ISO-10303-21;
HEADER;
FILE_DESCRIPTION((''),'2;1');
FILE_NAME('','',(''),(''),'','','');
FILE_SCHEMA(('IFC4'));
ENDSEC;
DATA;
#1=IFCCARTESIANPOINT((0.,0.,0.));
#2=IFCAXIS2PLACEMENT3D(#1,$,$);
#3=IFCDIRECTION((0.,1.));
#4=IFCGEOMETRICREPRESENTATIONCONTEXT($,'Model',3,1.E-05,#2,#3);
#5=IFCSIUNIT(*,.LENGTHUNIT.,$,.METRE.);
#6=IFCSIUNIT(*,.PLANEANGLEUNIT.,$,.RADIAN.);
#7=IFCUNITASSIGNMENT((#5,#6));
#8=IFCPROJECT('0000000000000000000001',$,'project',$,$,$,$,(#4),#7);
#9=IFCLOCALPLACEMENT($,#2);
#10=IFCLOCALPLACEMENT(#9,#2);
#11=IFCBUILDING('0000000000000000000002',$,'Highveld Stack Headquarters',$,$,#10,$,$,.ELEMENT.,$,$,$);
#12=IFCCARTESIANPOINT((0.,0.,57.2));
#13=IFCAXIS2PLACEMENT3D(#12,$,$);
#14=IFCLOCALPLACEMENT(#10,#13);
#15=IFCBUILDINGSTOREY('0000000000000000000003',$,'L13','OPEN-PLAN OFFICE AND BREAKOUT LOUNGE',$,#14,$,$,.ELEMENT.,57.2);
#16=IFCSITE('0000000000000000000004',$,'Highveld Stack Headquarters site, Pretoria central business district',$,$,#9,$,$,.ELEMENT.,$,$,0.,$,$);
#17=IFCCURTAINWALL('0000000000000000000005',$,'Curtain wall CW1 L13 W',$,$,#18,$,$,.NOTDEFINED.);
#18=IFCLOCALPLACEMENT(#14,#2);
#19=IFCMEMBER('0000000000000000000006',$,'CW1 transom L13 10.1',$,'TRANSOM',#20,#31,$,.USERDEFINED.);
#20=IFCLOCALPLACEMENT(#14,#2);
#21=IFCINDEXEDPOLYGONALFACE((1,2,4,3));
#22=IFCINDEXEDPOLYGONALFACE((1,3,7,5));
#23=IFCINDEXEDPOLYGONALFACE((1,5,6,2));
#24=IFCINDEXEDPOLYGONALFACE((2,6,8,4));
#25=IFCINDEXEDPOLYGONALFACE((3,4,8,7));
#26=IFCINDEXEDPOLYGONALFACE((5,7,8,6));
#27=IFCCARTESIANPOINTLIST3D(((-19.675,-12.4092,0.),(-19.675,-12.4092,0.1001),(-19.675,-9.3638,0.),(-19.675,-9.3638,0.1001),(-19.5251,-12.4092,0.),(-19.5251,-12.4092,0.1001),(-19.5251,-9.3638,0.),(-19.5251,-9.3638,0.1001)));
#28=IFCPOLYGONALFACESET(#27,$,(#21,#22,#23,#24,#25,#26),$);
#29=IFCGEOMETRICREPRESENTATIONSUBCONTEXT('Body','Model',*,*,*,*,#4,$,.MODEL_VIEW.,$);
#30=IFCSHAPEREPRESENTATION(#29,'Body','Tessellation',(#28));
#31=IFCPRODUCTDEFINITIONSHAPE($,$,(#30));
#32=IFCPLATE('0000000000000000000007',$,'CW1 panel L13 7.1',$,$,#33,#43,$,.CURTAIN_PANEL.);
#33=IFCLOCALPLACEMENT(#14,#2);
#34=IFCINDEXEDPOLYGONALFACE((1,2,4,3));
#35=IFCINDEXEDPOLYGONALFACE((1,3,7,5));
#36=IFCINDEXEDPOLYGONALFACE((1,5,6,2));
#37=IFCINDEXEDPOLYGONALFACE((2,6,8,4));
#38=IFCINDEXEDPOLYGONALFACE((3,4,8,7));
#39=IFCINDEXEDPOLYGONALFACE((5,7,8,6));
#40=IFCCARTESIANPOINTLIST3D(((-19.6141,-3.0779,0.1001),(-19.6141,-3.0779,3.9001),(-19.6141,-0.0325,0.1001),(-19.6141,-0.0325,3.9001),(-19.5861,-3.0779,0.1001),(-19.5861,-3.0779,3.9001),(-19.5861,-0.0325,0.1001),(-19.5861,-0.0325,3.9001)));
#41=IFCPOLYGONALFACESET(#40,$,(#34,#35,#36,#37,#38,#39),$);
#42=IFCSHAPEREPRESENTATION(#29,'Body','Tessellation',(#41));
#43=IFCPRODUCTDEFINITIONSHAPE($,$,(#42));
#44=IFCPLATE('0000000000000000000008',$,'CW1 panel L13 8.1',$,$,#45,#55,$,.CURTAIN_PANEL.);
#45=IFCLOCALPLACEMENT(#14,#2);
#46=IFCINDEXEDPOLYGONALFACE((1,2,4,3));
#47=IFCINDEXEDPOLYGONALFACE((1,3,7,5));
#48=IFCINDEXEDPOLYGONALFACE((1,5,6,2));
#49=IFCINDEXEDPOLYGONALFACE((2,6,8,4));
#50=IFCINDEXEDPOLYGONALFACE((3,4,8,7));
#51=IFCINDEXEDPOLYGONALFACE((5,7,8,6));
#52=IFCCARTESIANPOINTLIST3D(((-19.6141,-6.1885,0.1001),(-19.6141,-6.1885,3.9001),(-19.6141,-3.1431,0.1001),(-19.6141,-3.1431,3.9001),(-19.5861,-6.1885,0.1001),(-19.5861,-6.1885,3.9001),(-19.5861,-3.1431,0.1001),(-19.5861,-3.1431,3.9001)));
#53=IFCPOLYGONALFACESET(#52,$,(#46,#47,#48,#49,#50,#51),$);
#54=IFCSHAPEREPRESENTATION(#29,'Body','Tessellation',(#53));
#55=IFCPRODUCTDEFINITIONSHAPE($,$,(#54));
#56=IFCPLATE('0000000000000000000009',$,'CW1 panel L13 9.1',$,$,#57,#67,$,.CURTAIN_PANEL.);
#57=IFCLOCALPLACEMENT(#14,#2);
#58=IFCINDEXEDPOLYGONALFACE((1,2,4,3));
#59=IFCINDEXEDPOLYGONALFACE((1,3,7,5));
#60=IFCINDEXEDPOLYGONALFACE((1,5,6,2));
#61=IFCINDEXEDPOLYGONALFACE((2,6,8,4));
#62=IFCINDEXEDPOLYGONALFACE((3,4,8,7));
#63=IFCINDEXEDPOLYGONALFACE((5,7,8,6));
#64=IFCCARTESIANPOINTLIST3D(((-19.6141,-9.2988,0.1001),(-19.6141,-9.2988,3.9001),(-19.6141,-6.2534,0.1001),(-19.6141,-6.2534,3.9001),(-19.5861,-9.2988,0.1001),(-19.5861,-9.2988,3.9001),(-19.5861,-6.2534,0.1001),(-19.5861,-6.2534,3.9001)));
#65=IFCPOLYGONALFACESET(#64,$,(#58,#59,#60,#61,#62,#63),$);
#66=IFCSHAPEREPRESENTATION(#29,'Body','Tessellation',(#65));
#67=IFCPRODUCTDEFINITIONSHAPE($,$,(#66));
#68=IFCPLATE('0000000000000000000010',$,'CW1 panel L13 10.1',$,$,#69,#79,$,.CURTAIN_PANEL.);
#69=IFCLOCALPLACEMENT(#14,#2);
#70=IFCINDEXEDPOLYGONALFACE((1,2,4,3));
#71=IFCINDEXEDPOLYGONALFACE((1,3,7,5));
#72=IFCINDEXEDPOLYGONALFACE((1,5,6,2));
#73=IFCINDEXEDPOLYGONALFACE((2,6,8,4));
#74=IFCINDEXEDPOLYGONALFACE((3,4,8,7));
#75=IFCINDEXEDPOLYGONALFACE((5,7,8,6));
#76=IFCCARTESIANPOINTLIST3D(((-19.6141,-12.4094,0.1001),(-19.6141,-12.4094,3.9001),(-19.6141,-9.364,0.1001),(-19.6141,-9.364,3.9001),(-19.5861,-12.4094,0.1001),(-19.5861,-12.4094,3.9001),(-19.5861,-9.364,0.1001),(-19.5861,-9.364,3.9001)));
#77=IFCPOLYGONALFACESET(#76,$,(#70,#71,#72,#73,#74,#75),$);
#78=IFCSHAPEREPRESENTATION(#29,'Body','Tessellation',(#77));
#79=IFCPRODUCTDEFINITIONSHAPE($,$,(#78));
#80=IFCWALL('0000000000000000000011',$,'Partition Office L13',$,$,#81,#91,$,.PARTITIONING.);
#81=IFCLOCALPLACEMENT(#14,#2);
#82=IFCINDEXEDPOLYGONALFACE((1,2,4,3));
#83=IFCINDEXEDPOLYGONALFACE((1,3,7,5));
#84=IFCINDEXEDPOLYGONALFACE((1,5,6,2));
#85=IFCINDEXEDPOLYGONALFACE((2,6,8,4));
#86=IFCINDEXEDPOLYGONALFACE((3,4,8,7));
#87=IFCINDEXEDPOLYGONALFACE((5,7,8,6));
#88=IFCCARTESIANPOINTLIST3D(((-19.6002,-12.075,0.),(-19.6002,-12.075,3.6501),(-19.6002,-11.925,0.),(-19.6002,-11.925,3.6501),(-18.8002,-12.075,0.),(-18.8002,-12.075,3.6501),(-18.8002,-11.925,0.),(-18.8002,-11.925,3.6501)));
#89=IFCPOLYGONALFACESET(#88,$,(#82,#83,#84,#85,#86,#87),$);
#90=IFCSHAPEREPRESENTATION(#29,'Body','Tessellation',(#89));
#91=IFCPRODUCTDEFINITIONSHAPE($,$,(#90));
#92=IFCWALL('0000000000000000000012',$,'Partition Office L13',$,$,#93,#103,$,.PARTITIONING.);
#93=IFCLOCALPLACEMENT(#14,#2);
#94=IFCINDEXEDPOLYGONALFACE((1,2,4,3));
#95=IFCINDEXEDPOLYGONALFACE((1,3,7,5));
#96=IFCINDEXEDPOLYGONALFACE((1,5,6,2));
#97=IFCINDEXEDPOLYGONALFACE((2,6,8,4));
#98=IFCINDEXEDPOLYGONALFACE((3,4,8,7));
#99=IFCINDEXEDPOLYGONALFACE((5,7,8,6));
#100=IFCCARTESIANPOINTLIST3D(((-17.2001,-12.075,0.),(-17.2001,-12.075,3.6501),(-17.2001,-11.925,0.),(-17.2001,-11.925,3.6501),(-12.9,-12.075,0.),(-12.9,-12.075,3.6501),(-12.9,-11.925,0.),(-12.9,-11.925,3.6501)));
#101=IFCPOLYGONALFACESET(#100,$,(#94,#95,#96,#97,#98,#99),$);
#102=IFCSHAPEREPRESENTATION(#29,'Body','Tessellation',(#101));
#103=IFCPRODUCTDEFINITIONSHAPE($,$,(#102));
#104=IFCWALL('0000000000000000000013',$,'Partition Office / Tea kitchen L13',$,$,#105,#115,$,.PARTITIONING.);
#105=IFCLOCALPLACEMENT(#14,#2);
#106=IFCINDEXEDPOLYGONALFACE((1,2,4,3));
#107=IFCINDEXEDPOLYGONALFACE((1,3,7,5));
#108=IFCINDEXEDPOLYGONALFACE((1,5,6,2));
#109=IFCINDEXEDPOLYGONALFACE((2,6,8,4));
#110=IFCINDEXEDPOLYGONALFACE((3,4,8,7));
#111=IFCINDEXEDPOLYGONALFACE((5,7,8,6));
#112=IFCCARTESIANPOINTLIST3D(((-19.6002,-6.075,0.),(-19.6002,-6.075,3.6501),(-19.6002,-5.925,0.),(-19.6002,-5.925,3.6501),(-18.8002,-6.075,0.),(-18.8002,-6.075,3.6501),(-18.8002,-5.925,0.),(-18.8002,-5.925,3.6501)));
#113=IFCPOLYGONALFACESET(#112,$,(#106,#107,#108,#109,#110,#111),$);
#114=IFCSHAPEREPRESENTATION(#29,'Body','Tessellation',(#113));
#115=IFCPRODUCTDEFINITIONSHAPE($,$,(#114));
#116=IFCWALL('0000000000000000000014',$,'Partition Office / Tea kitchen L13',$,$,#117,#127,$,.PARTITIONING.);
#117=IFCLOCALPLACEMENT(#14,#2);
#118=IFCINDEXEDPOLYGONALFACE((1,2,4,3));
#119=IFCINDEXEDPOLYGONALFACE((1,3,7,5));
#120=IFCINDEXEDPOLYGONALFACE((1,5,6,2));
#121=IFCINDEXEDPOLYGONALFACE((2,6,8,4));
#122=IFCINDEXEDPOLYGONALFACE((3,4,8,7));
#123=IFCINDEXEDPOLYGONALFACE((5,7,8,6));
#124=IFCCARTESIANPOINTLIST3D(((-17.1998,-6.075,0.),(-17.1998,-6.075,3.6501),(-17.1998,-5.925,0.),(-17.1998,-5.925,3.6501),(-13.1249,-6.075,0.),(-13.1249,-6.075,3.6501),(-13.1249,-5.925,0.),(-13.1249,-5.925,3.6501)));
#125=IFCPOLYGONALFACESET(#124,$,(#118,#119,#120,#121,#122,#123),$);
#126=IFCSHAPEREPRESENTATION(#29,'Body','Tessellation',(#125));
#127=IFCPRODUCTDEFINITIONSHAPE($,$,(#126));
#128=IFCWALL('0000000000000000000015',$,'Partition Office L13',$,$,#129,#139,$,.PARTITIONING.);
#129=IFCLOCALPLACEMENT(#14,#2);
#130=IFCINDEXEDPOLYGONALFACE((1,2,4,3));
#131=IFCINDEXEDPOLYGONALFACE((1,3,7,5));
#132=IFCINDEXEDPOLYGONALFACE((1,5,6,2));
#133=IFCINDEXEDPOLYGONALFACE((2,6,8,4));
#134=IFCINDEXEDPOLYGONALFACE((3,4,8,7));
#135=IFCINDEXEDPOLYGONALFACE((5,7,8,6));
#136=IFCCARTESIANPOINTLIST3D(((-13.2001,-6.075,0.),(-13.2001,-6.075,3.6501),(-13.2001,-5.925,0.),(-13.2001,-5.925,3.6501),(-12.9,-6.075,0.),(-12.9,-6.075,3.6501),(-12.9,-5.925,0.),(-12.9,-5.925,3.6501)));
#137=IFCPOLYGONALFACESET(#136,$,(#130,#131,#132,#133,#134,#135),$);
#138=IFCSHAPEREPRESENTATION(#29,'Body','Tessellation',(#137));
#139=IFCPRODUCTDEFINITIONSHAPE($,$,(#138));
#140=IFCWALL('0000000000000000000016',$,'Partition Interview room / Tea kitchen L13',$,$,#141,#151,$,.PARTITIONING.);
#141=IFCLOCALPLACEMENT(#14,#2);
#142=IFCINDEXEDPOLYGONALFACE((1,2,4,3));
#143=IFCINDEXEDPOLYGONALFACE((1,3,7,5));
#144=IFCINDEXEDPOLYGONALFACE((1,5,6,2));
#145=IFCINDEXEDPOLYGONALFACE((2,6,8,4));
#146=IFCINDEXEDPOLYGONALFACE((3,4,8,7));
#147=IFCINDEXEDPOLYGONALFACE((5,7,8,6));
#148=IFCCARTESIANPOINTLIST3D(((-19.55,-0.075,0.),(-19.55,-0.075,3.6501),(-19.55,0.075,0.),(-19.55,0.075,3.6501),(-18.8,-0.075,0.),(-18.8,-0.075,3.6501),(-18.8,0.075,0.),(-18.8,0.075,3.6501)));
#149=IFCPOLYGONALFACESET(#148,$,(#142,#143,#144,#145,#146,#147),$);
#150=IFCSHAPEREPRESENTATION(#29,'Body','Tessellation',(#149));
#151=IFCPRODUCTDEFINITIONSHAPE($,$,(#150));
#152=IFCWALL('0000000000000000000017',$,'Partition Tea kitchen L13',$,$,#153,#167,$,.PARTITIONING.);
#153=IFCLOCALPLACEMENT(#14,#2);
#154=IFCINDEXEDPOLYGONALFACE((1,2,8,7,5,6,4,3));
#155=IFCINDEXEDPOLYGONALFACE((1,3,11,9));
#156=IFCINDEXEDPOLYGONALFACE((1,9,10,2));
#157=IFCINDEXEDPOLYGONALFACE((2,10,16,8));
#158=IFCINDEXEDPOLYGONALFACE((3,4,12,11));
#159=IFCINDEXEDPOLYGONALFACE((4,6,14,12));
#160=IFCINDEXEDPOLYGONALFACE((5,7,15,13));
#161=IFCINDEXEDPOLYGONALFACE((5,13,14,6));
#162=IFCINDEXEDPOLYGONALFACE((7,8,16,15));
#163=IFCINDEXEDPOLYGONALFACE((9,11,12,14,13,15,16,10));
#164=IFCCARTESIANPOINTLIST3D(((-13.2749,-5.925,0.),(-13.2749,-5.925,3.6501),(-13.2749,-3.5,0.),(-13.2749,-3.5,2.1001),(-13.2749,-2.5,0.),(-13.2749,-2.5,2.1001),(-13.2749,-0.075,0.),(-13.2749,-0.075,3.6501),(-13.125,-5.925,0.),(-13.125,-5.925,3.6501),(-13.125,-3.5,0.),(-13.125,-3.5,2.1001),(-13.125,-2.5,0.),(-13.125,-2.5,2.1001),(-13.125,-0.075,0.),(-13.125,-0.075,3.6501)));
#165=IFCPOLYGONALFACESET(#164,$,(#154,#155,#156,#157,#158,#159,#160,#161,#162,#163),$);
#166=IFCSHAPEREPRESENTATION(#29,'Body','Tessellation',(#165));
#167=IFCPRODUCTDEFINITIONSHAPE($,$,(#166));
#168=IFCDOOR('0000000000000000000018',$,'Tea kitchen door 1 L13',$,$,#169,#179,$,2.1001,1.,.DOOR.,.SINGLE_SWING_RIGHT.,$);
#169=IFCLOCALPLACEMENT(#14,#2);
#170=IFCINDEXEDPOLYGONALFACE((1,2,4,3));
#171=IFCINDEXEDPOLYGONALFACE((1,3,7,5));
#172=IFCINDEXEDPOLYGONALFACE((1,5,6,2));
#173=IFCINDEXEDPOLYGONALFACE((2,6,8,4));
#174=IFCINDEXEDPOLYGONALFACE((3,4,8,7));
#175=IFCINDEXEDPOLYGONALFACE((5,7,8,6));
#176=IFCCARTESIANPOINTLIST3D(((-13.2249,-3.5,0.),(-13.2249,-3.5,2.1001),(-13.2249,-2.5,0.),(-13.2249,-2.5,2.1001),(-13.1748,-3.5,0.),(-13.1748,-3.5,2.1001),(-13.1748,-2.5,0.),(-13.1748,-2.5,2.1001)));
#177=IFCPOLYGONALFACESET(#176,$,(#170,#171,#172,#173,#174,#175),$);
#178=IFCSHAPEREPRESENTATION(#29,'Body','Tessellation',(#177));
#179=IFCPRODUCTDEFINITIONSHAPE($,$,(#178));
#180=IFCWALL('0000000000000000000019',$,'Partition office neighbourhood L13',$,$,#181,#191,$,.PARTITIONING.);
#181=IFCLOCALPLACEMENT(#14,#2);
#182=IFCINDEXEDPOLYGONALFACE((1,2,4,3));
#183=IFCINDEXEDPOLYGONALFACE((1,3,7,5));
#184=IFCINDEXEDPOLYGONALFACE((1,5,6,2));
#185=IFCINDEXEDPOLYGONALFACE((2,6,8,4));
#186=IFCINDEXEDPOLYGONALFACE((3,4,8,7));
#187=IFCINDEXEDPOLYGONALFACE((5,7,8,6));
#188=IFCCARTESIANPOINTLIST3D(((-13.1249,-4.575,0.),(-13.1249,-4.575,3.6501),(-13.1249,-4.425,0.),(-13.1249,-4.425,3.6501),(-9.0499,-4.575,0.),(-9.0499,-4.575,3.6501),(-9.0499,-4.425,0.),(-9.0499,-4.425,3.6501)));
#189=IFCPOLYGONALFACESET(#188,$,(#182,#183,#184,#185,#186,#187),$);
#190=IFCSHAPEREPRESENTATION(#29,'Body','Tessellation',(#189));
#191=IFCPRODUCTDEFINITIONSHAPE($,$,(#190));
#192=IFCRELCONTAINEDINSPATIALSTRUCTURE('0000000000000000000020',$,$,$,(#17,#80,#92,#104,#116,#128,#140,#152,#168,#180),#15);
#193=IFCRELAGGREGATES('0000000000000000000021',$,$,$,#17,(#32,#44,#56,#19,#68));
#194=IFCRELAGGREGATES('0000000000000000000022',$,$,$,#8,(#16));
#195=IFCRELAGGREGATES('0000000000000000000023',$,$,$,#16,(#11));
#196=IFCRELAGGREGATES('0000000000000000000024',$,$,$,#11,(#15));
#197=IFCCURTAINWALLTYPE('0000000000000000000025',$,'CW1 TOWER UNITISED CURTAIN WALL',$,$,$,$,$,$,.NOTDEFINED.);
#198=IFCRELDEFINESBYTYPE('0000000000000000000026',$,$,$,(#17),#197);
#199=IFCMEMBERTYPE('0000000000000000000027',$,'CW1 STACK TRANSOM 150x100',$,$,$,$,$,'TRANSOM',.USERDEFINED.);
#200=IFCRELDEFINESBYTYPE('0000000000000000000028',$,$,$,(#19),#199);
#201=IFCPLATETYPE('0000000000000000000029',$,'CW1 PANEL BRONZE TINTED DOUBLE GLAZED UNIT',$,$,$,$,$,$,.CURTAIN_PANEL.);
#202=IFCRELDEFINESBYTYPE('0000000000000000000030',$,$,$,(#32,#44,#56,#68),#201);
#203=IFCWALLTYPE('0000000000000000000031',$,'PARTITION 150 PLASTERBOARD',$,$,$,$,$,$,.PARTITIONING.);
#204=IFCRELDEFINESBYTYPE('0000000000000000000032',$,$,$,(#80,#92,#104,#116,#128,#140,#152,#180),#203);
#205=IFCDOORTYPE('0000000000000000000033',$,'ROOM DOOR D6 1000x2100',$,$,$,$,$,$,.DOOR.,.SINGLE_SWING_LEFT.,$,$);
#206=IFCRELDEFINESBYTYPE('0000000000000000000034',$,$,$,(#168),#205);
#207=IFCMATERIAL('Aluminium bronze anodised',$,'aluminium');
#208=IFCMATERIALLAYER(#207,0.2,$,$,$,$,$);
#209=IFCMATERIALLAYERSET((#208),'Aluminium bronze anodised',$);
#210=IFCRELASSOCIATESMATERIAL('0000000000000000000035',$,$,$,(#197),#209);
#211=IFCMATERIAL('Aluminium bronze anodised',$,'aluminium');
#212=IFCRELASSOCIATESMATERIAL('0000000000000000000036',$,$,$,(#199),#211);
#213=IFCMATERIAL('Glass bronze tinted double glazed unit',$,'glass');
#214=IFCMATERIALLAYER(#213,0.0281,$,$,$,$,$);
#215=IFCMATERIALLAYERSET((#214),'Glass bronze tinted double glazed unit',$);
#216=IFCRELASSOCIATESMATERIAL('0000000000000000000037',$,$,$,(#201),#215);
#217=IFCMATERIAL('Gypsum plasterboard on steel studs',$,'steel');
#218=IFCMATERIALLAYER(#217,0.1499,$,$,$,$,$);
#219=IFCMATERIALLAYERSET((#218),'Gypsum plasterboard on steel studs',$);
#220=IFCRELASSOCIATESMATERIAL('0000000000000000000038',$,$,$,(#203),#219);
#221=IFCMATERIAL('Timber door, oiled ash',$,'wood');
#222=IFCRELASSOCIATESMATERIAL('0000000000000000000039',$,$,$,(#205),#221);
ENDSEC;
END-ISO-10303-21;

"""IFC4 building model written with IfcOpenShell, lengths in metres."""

from ifc_helpers import new_model, si_unit, direction, frame, frame_2d, origin, origin_2d, place, context, subcontext, project, spatial, rectangle, extrude, material, layer, layer_set, material_profile, profile_set, type_object, element, fill, aggregate, save


model = new_model("IFC4")

# Units and contexts
model_context = context("Model", 3, precision=1e-05, world=origin(), true_north=direction((0.0, 1.0)))
body_context = subcontext(model_context, "Body", "Model", "MODEL_VIEW")
ifc_project = project(units=[si_unit("LENGTHUNIT", "METRE"), si_unit("PLANEANGLEUNIT", "RADIAN")], contexts=[model_context])

# Site, building, storey
site_placement = place(None, origin())
site = spatial("IfcSite", under=ifc_project, at=site_placement, Name="Highveld Stack Headquarters site, Pretoria central business district", CompositionType="ELEMENT", RefElevation=0.0)
building_placement = place(site_placement, origin())
building = spatial("IfcBuilding", under=site, at=building_placement, Name="Highveld Stack Headquarters", CompositionType="ELEMENT")
storey_placement = place(building_placement, frame((0.0, 0.0, 57.2)))
storey = spatial("IfcBuildingStorey", under=building, at=storey_placement, Name="L13", Description="OPEN-PLAN OFFICE AND BREAKOUT LOUNGE", CompositionType="ELEMENT", Elevation=57.2)

# Curtain wall, member, plates
ifc_material_1 = material(Name="Aluminium bronze anodised", Category="aluminium")
ifc_layer_1 = layer(ifc_material_1, 0.2)
ifc_layer_set_1 = layer_set([ifc_layer_1], Name="Aluminium bronze anodised")
curtain_wall_type = type_object("IfcCurtainWallType", Name="CW1 TOWER UNITISED CURTAIN WALL", PredefinedType="NOTDEFINED", material=ifc_layer_set_1)
curtain_wall_placement = place(storey_placement, origin())
curtain_wall = element("IfcCurtainWall", 1, at=curtain_wall_placement, inside=storey, type_object=curtain_wall_type, Name="Curtain wall CW1 L13 W", PredefinedType="NOTDEFINED")
ifc_material_2 = material(Name="Aluminium bronze anodised", Category="aluminium")
ifc_material_profile_1 = material_profile(ifc_material_2, rectangle(XDim=0.1499, YDim=0.1001, at=origin_2d()), Name="CW1 TRANSOM 150x100")
ifc_profile_set_1 = profile_set([ifc_material_profile_1], Name="Aluminium bronze anodised")
member_type_1 = type_object("IfcMemberType", Name="CW1 STACK TRANSOM 150x100", ElementType="TRANSOM", PredefinedType="USERDEFINED", material=ifc_profile_set_1)
member_1_placement = place(storey_placement, frame((-19.6001, -9.3638, 0.05), z_axis=(0.0, -1.0, 0.0), x_axis=(1.0, 0.0, 0.0)))
member_1 = element("IfcMember", 2, at=member_1_placement, type_object=member_type_1, Name="CW1 transom L13 10.1", ObjectType="TRANSOM", PredefinedType="USERDEFINED", context=body_context, shape_type="SweptSolid", body=[
    extrude(rectangle(XDim=0.1499, YDim=0.1001, at=origin_2d()), origin(), (0.0, 0.0, 1.0), 3.0454),
])
ifc_material_3 = material(Name="Glass bronze tinted double glazed unit", Category="glass")
ifc_layer_2 = layer(ifc_material_3, 0.0281)
ifc_layer_set_2 = layer_set([ifc_layer_2], Name="Glass bronze tinted double glazed unit")
plate_type = type_object("IfcPlateType", Name="CW1 PANEL BRONZE TINTED DOUBLE GLAZED UNIT", PredefinedType="CURTAIN_PANEL", material=ifc_layer_set_2)
plate_1_placement = place(storey_placement, frame((-19.6001, -1.5552, 0.1001), z_axis=(0.0, 0.0, 1.0), x_axis=(0.0, -1.0, 0.0)))
plate_1 = element("IfcPlate", 3, at=plate_1_placement, type_object=plate_type, Name="CW1 panel L13 7.1", PredefinedType="CURTAIN_PANEL", context=body_context, shape_type="SweptSolid", body=[
    extrude(rectangle(XDim=3.0454, YDim=0.0281, at=origin_2d()), origin(), (0.0, 0.0, 1.0), 3.8),
])
plate_2_placement = place(storey_placement, frame((-19.6001, -4.6658, 0.1001), z_axis=(0.0, 0.0, 1.0), x_axis=(0.0, -1.0, 0.0)))
plate_2 = element("IfcPlate", 4, at=plate_2_placement, type_object=plate_type, Name="CW1 panel L13 8.1", PredefinedType="CURTAIN_PANEL", context=body_context, shape_type="SweptSolid", body=[
    extrude(rectangle(XDim=3.0454, YDim=0.0281, at=origin_2d()), origin(), (0.0, 0.0, 1.0), 3.8),
])
plate_3_placement = place(storey_placement, frame((-19.6001, -7.7761, 0.1001), z_axis=(0.0, 0.0, 1.0), x_axis=(0.0, -1.0, 0.0)))
plate_3 = element("IfcPlate", 5, at=plate_3_placement, type_object=plate_type, Name="CW1 panel L13 9.1", PredefinedType="CURTAIN_PANEL", context=body_context, shape_type="SweptSolid", body=[
    extrude(rectangle(XDim=3.0454, YDim=0.0281, at=origin_2d()), origin(), (0.0, 0.0, 1.0), 3.8),
])
plate_4_placement = place(storey_placement, frame((-19.6001, -10.8867, 0.1001), z_axis=(0.0, 0.0, 1.0), x_axis=(0.0, -1.0, 0.0)))
plate_4 = element("IfcPlate", 6, at=plate_4_placement, type_object=plate_type, Name="CW1 panel L13 10.1", PredefinedType="CURTAIN_PANEL", context=body_context, shape_type="SweptSolid", body=[
    extrude(rectangle(XDim=3.0454, YDim=0.0281, at=origin_2d()), origin(), (0.0, 0.0, 1.0), 3.8),
])
aggregate(curtain_wall, [plate_1, plate_2, plate_3, member_1, plate_4])

# Walls
ifc_material_4 = material(Name="Gypsum plasterboard on steel studs", Category="steel")
ifc_layer_3 = layer(ifc_material_4, 0.1499)
ifc_layer_set_3 = layer_set([ifc_layer_3], Name="Gypsum plasterboard on steel studs")
wall_type = type_object("IfcWallType", Name="PARTITION 150 PLASTERBOARD", PredefinedType="PARTITIONING", material=ifc_layer_set_3)
wall_1_placement = place(storey_placement, frame((-19.6001, -12.0, 0.0), z_axis=(0.0, 0.0, 1.0), x_axis=(1.0, 0.0, 0.0)))
element("IfcWall", 7, at=wall_1_placement, inside=storey, type_object=wall_type, Name="Partition Office L13", PredefinedType="PARTITIONING", context=body_context, shape_type="SweptSolid", body=[
    extrude(rectangle(XDim=0.8, YDim=0.1499, at=frame_2d((0.3999, 0.0))), origin(), (0.0, 0.0, 1.0), 3.6501),
])
wall_2_placement = place(storey_placement, frame((-17.2, -12.0, 0.0), z_axis=(0.0, 0.0, 1.0), x_axis=(1.0, 0.0, 0.0)))
element("IfcWall", 8, at=wall_2_placement, inside=storey, type_object=wall_type, Name="Partition Office L13", PredefinedType="PARTITIONING", context=body_context, shape_type="SweptSolid", body=[
    extrude(rectangle(XDim=4.3, YDim=0.1499, at=frame_2d((2.1499, 0.0))), origin(), (0.0, 0.0, 1.0), 3.6501),
])
wall_3_placement = place(storey_placement, frame((-19.6001, -6.0, 0.0), z_axis=(0.0, 0.0, 1.0), x_axis=(1.0, 0.0, 0.0)))
element("IfcWall", 9, at=wall_3_placement, inside=storey, type_object=wall_type, Name="Partition Office / Tea kitchen L13", PredefinedType="PARTITIONING", context=body_context, shape_type="SweptSolid", body=[
    extrude(rectangle(XDim=0.8, YDim=0.1499, at=frame_2d((0.3999, 0.0))), origin(), (0.0, 0.0, 1.0), 3.6501),
])
wall_4_placement = place(storey_placement, frame((-17.2, -6.0, 0.0), z_axis=(0.0, 0.0, 1.0), x_axis=(1.0, 0.0, 0.0)))
element("IfcWall", 10, at=wall_4_placement, inside=storey, type_object=wall_type, Name="Partition Office / Tea kitchen L13", PredefinedType="PARTITIONING", context=body_context, shape_type="SweptSolid", body=[
    extrude(rectangle(XDim=4.075, YDim=0.1499, at=frame_2d((2.0376, 0.0))), origin(), (0.0, 0.0, 1.0), 3.6501),
])
wall_5_placement = place(storey_placement, frame((-13.2, -6.0, 0.0), z_axis=(0.0, 0.0, 1.0), x_axis=(1.0, 0.0, 0.0)))
element("IfcWall", 11, at=wall_5_placement, inside=storey, type_object=wall_type, Name="Partition Office L13", PredefinedType="PARTITIONING", context=body_context, shape_type="SweptSolid", body=[
    extrude(rectangle(XDim=0.3, YDim=0.1499, at=frame_2d((0.1499, 0.0))), origin(), (0.0, 0.0, 1.0), 3.6501),
])
wall_6_placement = place(storey_placement, frame((-19.55, 0.0, 0.0), z_axis=(0.0, 0.0, 1.0), x_axis=(1.0, 0.0, 0.0)))
element("IfcWall", 12, at=wall_6_placement, inside=storey, type_object=wall_type, Name="Partition Interview room / Tea kitchen L13", PredefinedType="PARTITIONING", context=body_context, shape_type="SweptSolid", body=[
    extrude(rectangle(XDim=0.75, YDim=0.1499, at=frame_2d((0.375, 0.0))), origin(), (0.0, 0.0, 1.0), 3.6501),
])

# Wall, opening, door
wall_7_placement = place(storey_placement, frame((-13.2, -5.925, 0.0), z_axis=(0.0, 0.0, 1.0), x_axis=(0.0, 1.0, 0.0)))
wall_7 = element("IfcWall", 13, at=wall_7_placement, inside=storey, type_object=wall_type, Name="Partition Tea kitchen L13", PredefinedType="PARTITIONING", context=body_context, shape_type="SweptSolid", body=[
    extrude(rectangle(XDim=5.8501, YDim=0.1499, at=frame_2d((2.925, 0.0))), origin(), (0.0, 0.0, 1.0), 3.6501),
])
opening_placement = place(wall_7_placement, frame((2.425, 0.0, 0.0)))
opening = element("IfcOpeningElement", 14, at=opening_placement, cuts=wall_7, PredefinedType="OPENING", context=body_context, shape_type="SweptSolid", body=[
    extrude(rectangle(XDim=1.0, YDim=2.1001, at=frame_2d((0.5, 1.05))), frame((0.0, 0.085, 0.0), z_axis=(0.0, -1.0, 0.0), x_axis=(1.0, 0.0, 0.0)), (0.0, 0.0, 1.0), 0.1699),
])
ifc_material_5 = material(Name="Timber door, oiled ash", Category="wood")
door_type = type_object("IfcDoorType", Name="ROOM DOOR D6 1000x2100", OperationType="SINGLE_SWING_LEFT", PredefinedType="DOOR", material=ifc_material_5)
door_placement = place(opening_placement, origin())
door = element("IfcDoor", 15, at=door_placement, inside=storey, type_object=door_type, Name="Tea kitchen door 1 L13", OperationType="SINGLE_SWING_RIGHT", OverallHeight=2.1001, OverallWidth=1.0, PredefinedType="DOOR", context=body_context, shape_type="SweptSolid", body=[
    extrude(rectangle(XDim=1.0, YDim=2.1001, at=frame_2d((0.5, 1.05))), frame((0.0, 0.0249, 0.0), z_axis=(0.0, -1.0, 0.0), x_axis=(1.0, 0.0, 0.0)), (0.0, 0.0, 1.0), 0.05),
])
fill(opening, door)

# Wall
wall_8_placement = place(storey_placement, frame((-13.125, -4.5, 0.0), z_axis=(0.0, 0.0, 1.0), x_axis=(1.0, 0.0, 0.0)))
element("IfcWall", 16, at=wall_8_placement, inside=storey, type_object=wall_type, Name="Partition office neighbourhood L13", PredefinedType="PARTITIONING", context=body_context, shape_type="SweptSolid", body=[
    extrude(rectangle(XDim=4.075, YDim=0.1499, at=frame_2d((2.0376, 0.0))), origin(), (0.0, 0.0, 1.0), 3.6501),
])

save(model, "model.ifc")
